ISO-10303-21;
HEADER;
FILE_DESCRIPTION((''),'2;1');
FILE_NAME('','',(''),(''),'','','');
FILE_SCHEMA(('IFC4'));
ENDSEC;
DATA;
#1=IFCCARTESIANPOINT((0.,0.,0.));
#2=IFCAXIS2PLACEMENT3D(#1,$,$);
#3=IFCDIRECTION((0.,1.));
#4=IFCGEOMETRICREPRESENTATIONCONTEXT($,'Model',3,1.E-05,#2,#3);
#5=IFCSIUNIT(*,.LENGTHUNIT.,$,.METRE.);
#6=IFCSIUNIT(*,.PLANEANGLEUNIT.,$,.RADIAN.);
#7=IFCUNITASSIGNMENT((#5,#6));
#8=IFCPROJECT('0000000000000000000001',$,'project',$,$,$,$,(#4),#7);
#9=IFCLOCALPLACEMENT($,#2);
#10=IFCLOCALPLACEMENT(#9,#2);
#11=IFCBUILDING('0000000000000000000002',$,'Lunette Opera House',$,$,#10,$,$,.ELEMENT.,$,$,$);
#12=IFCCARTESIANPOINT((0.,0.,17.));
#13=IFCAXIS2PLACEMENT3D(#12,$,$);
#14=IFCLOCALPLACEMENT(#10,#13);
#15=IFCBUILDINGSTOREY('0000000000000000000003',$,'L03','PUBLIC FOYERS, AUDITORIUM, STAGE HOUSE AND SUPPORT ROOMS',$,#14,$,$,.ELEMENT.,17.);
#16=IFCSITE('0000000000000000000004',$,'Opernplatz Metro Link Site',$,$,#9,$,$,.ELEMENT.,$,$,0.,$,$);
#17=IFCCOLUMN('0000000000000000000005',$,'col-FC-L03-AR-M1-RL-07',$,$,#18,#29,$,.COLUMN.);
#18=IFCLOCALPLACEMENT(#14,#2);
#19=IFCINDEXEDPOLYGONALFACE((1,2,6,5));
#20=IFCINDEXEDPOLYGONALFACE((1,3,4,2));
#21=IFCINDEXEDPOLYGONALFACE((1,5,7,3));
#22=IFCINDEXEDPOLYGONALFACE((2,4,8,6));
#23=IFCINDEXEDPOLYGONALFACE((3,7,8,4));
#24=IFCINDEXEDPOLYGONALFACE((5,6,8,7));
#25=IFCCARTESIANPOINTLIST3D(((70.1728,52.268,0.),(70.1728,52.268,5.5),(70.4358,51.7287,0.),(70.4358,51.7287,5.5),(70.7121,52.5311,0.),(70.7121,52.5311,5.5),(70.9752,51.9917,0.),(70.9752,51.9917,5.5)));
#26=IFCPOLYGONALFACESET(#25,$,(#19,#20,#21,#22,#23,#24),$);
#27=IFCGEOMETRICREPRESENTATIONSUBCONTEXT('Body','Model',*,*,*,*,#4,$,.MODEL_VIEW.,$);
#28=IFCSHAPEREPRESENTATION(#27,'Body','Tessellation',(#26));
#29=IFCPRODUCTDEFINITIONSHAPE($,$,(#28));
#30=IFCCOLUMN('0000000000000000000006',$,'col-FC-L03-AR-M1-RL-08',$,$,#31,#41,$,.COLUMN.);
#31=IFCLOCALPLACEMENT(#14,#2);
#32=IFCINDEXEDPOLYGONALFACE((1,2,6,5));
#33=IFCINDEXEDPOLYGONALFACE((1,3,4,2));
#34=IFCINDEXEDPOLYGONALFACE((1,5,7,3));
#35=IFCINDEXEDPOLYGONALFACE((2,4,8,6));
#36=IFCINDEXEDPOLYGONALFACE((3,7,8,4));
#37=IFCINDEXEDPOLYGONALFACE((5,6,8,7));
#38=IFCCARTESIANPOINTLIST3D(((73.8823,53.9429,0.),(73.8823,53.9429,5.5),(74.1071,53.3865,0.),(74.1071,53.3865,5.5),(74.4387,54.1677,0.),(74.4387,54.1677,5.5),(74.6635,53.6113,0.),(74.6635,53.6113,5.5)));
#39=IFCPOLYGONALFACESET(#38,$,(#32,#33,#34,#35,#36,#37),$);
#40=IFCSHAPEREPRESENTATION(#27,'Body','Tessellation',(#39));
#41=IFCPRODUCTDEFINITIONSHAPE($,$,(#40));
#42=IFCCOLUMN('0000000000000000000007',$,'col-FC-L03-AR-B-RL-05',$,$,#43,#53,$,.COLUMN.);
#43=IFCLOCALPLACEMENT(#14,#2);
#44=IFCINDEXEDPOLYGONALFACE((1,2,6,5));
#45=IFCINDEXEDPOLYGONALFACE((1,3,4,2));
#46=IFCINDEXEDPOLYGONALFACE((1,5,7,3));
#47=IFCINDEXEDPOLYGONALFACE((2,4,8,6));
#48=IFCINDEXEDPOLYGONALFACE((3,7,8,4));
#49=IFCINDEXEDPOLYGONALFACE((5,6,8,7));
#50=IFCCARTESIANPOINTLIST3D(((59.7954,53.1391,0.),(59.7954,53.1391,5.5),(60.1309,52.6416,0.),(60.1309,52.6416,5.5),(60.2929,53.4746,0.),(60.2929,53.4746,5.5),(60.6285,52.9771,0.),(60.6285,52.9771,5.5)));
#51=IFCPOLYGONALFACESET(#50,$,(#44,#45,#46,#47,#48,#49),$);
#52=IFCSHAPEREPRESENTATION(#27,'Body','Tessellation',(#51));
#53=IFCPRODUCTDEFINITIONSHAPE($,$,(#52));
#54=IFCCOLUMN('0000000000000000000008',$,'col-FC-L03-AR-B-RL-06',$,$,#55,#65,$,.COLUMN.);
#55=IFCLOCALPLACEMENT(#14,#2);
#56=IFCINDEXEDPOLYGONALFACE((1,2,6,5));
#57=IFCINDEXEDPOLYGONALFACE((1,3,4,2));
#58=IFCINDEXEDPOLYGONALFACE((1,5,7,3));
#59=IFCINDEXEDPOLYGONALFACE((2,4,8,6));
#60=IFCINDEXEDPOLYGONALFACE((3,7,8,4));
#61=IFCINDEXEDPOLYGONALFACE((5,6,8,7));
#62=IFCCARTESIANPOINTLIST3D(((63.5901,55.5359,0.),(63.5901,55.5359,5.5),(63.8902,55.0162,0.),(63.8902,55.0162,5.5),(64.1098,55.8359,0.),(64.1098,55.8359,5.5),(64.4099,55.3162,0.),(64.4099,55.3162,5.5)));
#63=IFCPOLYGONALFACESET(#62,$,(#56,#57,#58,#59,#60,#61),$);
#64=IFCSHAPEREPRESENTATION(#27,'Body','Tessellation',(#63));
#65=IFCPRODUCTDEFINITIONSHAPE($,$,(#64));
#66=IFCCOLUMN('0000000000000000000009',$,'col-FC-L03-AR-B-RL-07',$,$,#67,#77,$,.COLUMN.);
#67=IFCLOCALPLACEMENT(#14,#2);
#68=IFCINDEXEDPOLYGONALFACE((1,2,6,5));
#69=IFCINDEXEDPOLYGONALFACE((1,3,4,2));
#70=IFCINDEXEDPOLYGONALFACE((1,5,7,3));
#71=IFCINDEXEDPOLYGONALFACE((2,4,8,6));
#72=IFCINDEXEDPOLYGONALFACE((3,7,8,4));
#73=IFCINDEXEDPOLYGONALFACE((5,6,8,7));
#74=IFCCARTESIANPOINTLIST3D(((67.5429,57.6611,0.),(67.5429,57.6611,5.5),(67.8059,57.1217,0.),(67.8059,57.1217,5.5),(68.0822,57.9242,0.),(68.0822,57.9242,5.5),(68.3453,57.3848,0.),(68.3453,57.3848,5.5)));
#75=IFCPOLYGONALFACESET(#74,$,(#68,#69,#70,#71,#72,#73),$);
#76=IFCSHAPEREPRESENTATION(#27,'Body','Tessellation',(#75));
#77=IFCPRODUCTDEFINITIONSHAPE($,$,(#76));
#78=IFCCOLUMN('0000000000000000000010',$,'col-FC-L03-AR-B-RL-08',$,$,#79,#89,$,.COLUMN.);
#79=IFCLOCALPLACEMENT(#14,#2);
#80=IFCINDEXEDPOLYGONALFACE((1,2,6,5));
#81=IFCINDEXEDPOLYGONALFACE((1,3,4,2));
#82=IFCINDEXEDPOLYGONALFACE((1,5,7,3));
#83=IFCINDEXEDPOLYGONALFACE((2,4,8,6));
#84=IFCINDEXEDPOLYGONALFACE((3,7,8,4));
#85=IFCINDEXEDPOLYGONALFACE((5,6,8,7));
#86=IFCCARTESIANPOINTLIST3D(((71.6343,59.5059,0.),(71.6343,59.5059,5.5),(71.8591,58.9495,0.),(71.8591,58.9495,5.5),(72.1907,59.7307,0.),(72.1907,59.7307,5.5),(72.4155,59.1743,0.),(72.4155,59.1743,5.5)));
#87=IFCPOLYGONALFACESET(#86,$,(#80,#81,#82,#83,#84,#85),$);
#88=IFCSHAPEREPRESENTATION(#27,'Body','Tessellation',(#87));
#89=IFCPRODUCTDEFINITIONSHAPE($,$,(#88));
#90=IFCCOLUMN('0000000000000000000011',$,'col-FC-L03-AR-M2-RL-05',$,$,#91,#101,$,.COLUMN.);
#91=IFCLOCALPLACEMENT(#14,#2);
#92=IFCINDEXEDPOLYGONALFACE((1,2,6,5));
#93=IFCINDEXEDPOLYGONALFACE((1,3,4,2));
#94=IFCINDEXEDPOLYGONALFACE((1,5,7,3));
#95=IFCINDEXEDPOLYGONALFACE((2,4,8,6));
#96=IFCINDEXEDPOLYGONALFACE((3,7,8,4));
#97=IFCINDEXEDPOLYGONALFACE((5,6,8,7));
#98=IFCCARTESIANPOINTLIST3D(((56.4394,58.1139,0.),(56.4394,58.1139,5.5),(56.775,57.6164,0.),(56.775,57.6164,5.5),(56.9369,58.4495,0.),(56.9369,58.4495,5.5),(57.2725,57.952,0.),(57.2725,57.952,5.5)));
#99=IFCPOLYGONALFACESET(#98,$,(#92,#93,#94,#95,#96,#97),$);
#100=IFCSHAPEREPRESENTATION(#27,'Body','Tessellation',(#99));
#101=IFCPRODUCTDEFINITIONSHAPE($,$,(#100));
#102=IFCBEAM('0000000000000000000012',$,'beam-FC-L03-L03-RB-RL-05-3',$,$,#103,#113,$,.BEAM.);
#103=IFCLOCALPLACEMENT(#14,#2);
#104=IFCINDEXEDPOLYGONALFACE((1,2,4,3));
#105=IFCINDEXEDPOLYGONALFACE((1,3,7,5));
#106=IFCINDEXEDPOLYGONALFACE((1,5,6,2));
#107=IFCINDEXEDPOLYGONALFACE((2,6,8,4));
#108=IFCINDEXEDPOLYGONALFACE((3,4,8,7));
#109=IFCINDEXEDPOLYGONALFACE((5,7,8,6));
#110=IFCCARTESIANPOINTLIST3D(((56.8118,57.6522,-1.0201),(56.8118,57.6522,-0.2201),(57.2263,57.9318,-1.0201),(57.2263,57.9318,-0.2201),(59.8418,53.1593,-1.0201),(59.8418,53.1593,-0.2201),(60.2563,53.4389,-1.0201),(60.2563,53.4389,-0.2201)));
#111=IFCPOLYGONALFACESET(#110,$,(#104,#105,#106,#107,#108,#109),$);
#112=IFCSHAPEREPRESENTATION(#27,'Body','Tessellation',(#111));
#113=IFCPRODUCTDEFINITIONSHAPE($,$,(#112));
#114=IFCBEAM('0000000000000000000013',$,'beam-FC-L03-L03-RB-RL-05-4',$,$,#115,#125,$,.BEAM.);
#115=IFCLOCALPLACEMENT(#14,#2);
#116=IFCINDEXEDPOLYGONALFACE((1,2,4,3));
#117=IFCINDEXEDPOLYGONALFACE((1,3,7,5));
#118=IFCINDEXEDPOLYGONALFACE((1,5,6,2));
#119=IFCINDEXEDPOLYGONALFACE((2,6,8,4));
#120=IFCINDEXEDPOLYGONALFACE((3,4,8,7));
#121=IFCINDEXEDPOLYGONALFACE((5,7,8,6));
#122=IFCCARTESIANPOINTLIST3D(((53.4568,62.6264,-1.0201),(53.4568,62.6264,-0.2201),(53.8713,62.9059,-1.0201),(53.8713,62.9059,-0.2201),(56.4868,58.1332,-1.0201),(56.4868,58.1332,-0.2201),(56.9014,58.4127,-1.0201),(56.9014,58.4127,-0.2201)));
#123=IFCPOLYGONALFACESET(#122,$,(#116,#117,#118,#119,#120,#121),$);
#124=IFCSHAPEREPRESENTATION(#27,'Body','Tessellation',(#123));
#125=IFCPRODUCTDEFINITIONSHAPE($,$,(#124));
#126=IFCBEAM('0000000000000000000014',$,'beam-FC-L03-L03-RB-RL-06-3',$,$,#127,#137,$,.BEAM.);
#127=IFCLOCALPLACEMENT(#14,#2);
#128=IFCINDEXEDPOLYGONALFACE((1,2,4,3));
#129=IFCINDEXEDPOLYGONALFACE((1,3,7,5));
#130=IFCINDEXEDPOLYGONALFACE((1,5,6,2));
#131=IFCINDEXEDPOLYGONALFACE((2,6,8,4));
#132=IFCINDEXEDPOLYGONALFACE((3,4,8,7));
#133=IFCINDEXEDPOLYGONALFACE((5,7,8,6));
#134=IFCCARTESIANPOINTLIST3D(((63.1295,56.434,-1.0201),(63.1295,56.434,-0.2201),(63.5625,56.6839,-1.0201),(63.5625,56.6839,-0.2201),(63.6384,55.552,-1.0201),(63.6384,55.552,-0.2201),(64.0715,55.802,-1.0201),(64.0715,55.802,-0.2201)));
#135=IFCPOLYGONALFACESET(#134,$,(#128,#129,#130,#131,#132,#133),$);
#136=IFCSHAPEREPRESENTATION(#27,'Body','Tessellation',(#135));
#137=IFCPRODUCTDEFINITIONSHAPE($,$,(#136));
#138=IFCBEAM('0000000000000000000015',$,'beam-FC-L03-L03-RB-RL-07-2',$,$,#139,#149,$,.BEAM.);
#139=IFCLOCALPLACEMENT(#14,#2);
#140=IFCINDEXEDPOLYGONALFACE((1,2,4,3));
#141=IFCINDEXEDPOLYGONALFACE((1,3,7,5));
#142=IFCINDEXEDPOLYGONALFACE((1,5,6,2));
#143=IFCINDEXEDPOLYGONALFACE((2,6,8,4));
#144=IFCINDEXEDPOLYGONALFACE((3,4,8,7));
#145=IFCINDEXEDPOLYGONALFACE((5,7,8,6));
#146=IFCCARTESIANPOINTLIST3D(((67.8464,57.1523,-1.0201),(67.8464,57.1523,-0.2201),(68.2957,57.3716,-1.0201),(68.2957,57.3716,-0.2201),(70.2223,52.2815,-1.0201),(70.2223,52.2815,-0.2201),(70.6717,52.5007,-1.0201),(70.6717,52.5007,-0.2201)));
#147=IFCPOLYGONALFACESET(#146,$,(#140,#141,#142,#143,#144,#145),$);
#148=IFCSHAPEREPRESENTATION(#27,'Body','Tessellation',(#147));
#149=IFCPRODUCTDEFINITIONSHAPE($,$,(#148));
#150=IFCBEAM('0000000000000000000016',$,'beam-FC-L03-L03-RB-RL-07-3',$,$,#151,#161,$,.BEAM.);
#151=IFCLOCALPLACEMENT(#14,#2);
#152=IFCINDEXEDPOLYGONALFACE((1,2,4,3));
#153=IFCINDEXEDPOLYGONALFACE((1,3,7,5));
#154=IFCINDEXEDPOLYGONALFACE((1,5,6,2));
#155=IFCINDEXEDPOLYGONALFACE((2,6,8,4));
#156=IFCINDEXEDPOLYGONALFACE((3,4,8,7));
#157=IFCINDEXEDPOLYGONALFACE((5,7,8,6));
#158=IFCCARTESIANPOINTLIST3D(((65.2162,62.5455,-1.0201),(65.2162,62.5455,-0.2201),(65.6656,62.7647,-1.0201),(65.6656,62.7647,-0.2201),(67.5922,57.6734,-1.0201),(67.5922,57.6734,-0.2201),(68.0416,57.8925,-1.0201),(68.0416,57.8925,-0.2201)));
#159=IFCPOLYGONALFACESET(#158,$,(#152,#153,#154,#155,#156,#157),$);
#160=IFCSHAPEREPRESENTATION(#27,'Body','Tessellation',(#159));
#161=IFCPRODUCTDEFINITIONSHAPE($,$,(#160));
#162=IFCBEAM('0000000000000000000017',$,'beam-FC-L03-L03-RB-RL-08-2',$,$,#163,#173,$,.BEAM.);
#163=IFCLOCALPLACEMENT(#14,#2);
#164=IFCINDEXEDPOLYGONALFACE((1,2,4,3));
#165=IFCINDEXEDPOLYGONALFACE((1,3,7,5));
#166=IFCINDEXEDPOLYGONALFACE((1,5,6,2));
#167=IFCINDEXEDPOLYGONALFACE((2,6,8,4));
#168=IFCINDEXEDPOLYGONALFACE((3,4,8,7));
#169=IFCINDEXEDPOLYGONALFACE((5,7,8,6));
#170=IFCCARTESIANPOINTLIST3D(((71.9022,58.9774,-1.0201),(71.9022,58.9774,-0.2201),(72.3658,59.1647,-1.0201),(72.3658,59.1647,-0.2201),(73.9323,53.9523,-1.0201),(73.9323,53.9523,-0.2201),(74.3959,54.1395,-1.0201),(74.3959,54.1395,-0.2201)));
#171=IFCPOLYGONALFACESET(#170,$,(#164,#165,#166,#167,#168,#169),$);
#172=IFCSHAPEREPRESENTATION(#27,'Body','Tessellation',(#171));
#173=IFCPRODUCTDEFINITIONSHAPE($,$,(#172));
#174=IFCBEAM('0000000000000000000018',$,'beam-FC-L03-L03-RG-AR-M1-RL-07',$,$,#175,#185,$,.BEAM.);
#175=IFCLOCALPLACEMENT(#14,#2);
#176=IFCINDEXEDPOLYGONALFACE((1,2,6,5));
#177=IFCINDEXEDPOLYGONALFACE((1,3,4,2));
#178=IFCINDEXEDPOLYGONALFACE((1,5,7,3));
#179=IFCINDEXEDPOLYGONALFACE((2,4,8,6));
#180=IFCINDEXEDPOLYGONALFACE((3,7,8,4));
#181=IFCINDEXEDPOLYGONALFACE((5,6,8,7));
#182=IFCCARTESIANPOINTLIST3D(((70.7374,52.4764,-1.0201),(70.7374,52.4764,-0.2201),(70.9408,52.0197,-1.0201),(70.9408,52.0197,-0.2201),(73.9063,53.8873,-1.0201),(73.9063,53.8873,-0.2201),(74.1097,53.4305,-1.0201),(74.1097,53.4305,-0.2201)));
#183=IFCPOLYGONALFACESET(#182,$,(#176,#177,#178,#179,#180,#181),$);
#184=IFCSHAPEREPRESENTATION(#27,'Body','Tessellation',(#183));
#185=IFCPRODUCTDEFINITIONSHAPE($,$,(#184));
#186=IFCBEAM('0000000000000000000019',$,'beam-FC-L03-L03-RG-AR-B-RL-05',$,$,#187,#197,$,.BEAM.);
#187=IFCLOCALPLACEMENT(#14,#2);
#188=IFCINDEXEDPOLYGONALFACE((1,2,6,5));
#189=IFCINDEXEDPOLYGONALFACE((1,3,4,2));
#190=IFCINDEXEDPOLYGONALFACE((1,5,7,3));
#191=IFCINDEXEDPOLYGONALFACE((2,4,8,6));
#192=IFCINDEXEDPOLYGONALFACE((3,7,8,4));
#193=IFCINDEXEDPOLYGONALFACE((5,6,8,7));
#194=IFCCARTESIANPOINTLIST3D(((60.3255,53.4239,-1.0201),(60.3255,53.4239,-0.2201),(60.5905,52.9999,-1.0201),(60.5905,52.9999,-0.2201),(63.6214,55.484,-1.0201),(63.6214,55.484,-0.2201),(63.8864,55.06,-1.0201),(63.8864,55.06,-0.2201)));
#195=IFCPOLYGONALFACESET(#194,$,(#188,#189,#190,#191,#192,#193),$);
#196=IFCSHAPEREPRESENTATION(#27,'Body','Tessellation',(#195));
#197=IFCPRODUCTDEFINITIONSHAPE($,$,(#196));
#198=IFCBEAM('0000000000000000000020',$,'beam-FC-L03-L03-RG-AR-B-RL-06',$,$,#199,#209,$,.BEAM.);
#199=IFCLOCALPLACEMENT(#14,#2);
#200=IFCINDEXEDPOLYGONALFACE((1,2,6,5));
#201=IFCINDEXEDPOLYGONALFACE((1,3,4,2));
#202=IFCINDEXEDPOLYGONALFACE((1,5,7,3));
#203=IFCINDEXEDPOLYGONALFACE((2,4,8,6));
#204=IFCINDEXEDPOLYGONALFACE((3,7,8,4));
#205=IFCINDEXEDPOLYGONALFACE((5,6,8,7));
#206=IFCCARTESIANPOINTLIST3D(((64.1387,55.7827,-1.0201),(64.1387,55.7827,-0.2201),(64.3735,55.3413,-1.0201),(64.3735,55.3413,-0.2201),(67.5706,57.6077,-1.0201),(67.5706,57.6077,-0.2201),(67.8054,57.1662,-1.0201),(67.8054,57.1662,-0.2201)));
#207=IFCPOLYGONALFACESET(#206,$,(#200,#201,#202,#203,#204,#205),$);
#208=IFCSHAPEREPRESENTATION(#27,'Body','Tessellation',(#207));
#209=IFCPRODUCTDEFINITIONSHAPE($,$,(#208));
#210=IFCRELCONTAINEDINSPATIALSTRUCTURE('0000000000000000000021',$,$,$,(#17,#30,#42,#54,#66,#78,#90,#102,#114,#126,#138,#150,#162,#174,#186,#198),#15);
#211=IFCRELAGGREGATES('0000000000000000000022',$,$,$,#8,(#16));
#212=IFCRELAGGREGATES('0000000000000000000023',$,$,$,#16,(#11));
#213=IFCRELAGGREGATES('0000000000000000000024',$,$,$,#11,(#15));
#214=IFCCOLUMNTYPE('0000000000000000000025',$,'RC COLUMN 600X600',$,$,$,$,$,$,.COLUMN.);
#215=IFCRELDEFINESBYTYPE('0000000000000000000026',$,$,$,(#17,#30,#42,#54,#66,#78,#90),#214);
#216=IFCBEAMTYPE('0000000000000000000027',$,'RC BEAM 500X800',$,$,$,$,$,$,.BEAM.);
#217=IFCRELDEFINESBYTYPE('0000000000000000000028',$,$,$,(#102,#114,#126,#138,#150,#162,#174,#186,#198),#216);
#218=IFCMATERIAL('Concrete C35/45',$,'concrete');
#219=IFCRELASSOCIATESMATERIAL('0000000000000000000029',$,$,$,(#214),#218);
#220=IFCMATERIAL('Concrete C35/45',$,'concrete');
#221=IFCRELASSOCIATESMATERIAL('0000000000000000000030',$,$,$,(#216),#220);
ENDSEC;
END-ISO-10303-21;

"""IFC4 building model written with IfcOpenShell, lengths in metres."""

from ifc_helpers import new_model, si_unit, direction, frame, origin, origin_2d, place, context, subcontext, project, spatial, rectangle, extrude, material, material_profile, profile_set, type_object, element, save


model = new_model("IFC4")

# Units and contexts
model_context = context("Model", 3, precision=1e-05, world=origin(), true_north=direction((0.0, 1.0)))
body_context = subcontext(model_context, "Body", "Model", "MODEL_VIEW")
ifc_project = project(units=[si_unit("LENGTHUNIT", "METRE"), si_unit("PLANEANGLEUNIT", "RADIAN")], contexts=[model_context])

# Site, building, storey
site_placement = place(None, origin())
site = spatial("IfcSite", under=ifc_project, at=site_placement, Name="Opernplatz Metro Link Site", CompositionType="ELEMENT", RefElevation=0.0)
building_placement = place(site_placement, origin())
building = spatial("IfcBuilding", under=site, at=building_placement, Name="Lunette Opera House", CompositionType="ELEMENT")
storey_placement = place(building_placement, frame((0.0, 0.0, 17.0)))
storey = spatial("IfcBuildingStorey", under=building, at=storey_placement, Name="L03", Description="PUBLIC FOYERS, AUDITORIUM, STAGE HOUSE AND SUPPORT ROOMS", CompositionType="ELEMENT", Elevation=17.0)

# Columns
ifc_material_1 = material(Name="Concrete C35/45", Category="concrete")
ifc_material_profile_1 = material_profile(ifc_material_1, rectangle(XDim=0.6001, YDim=0.6001, at=origin_2d()), Name="RC COLUMN 600X600")
ifc_profile_set_1 = profile_set([ifc_material_profile_1], Name="Concrete C35/45")
column_type = type_object("IfcColumnType", Name="RC COLUMN 600X600", PredefinedType="COLUMN", material=ifc_profile_set_1)
for number, where, z_axis, x_axis, name in (
    (1, (70.574, 52.1299, 0.0), (0.0, 0.0, 1.0), (0.898794, 0.438371, 0.0), "col-FC-L03-AR-M1-RL-07"),
    (2, (74.2729, 53.7771, 0.0), (0.0, 0.0, 1.0), (0.927184, 0.374607, 0.0), "col-FC-L03-AR-M1-RL-08"),
    (3, (60.2119, 53.0581, 0.0), (0.0, 0.0, 1.0), (0.829038, 0.559193, 0.0), "col-FC-L03-AR-B-RL-05"),
    (4, (64.0, 55.426, 0.0), (0.0, 0.0, 1.0), (0.866025, 0.5, 0.0), "col-FC-L03-AR-B-RL-06"),
    (5, (67.9441, 57.5229, 0.0), (0.0, 0.0, 1.0), (0.898794, 0.438371, 0.0), "col-FC-L03-AR-B-RL-07"),
    (6, (72.0249, 59.3401, 0.0), (0.0, 0.0, 1.0), (0.927184, 0.374607, 0.0), "col-FC-L03-AR-B-RL-08"),
    (7, (56.856, 58.033, 0.0), (0.0, 0.0, 1.0), (0.829038, 0.559193, 0.0), "col-FC-L03-AR-M2-RL-05"),
):
    element("IfcColumn", number, at=place(storey_placement, frame(where, z_axis=z_axis, x_axis=x_axis)), inside=storey, type_object=column_type, Name=name, PredefinedType="COLUMN", context=body_context, shape_type="SweptSolid", body=[
        extrude(rectangle(XDim=0.6001, YDim=0.6001, at=origin_2d()), origin(), (0.0, 0.0, 1.0), 5.5),
    ])

# Beams
ifc_material_2 = material(Name="Concrete C35/45", Category="concrete")
ifc_material_profile_2 = material_profile(ifc_material_2, rectangle(XDim=0.5, YDim=0.8, at=origin_2d()), Name="RC BEAM 500X800")
ifc_profile_set_2 = profile_set([ifc_material_profile_2], Name="Concrete C35/45")
beam_type = type_object("IfcBeamType", Name="RC BEAM 500X800", PredefinedType="BEAM", material=ifc_profile_set_2)
beam_1_placement = place(storey_placement, frame((60.0491, 53.2991, -0.6201), z_axis=(-0.559132, 0.829079, 0.0), x_axis=(-0.829079, -0.559132, 0.0)))
element("IfcBeam", 8, at=beam_1_placement, inside=storey, type_object=beam_type, Name="beam-FC-L03-L03-RB-RL-05-3", PredefinedType="BEAM", context=body_context, shape_type="SweptSolid", body=[
    extrude(rectangle(XDim=0.5, YDim=0.8, at=origin_2d()), origin(), (0.0, 0.0, 1.0), 5.4192),
])
beam_2_placement = place(storey_placement, frame((56.6941, 58.2729, -0.6201), z_axis=(-0.559111, 0.829093, 0.0), x_axis=(-0.829093, -0.559111, 0.0)))
element("IfcBeam", 9, at=beam_2_placement, inside=storey, type_object=beam_type, Name="beam-FC-L03-L03-RB-RL-05-4", PredefinedType="BEAM", context=body_context, shape_type="SweptSolid", body=[
    extrude(rectangle(XDim=0.5, YDim=0.8, at=origin_2d()), origin(), (0.0, 0.0, 1.0), 5.4194),
])
beam_3_placement = place(storey_placement, frame((63.855, 55.677, -0.6201), z_axis=(-0.499826, 0.866126, 0.0), x_axis=(-0.866126, -0.499826, 0.0)))
element("IfcBeam", 10, at=beam_3_placement, inside=storey, type_object=beam_type, Name="beam-FC-L03-L03-RB-RL-06-3", PredefinedType="BEAM", context=body_context, shape_type="SweptSolid", body=[
    extrude(rectangle(XDim=0.5, YDim=0.8, at=origin_2d()), origin(), (0.0, 0.0, 1.0), 1.0183),
])
beam_4_placement = place(storey_placement, frame((70.447, 52.3911, -0.6201), z_axis=(-0.438417, 0.898772, 0.0), x_axis=(-0.898772, -0.438417, 0.0)))
element("IfcBeam", 11, at=beam_4_placement, inside=storey, type_object=beam_type, Name="beam-FC-L03-L03-RB-RL-07-2", PredefinedType="BEAM", context=body_context, shape_type="SweptSolid", body=[
    extrude(rectangle(XDim=0.5, YDim=0.8, at=origin_2d()), origin(), (0.0, 0.0, 1.0), 5.4194),
])
beam_5_placement = place(storey_placement, frame((67.8169, 57.783, -0.6201), z_axis=(-0.438328, 0.898815, 0.0), x_axis=(-0.898815, -0.438328, 0.0)))
element("IfcBeam", 12, at=beam_5_placement, inside=storey, type_object=beam_type, Name="beam-FC-L03-L03-RB-RL-07-3", PredefinedType="BEAM", context=body_context, shape_type="SweptSolid", body=[
    extrude(rectangle(XDim=0.5, YDim=0.8, at=origin_2d()), origin(), (0.0, 0.0, 1.0), 5.4207),
])
beam_6_placement = place(storey_placement, frame((74.1641, 54.0459, -0.6201), z_axis=(-0.374565, 0.927201, 0.0), x_axis=(-0.927201, -0.374565, 0.0)))
element("IfcBeam", 13, at=beam_6_placement, inside=storey, type_object=beam_type, Name="beam-FC-L03-L03-RB-RL-08-2", PredefinedType="BEAM", context=body_context, shape_type="SweptSolid", body=[
    extrude(rectangle(XDim=0.5, YDim=0.8, at=origin_2d()), origin(), (0.0, 0.0, 1.0), 5.4197),
])
beam_7_placement = place(storey_placement, frame((70.8391, 52.248, -0.6201), z_axis=(0.913547, 0.406733, 0.0), x_axis=(-0.406733, 0.913547, 0.0)))
element("IfcBeam", 14, at=beam_7_placement, inside=storey, type_object=beam_type, Name="beam-FC-L03-L03-RG-AR-M1-RL-07", PredefinedType="BEAM", context=body_context, shape_type="SweptSolid", body=[
    extrude(rectangle(XDim=0.5, YDim=0.8, at=origin_2d()), origin(), (0.0, 0.0, 1.0), 3.4688),
])
beam_8_placement = place(storey_placement, frame((60.458, 53.2119, -0.6201), z_axis=(0.847984, 0.530022, 0.0), x_axis=(-0.530022, 0.847984, 0.0)))
element("IfcBeam", 15, at=beam_8_placement, inside=storey, type_object=beam_type, Name="beam-FC-L03-L03-RG-AR-B-RL-05", PredefinedType="BEAM", context=body_context, shape_type="SweptSolid", body=[
    extrude(rectangle(XDim=0.5, YDim=0.8, at=origin_2d()), origin(), (0.0, 0.0, 1.0), 3.8867),
])
for number, where, z_axis, x_axis, name in (
    (16, (64.2561, 55.562, -0.6201), (0.882928, 0.469509, 0.0), (-0.469509, 0.882928, 0.0), "beam-FC-L03-L03-RG-AR-B-RL-06"),
):
    element("IfcBeam", number, at=place(storey_placement, frame(where, z_axis=z_axis, x_axis=x_axis)), inside=storey, type_object=beam_type, Name=name, PredefinedType="BEAM", context=body_context, shape_type="SweptSolid", body=[
        extrude(rectangle(XDim=0.5, YDim=0.8, at=origin_2d()), origin(), (0.0, 0.0, 1.0), 3.887),
    ])

save(model, "model.ifc")
